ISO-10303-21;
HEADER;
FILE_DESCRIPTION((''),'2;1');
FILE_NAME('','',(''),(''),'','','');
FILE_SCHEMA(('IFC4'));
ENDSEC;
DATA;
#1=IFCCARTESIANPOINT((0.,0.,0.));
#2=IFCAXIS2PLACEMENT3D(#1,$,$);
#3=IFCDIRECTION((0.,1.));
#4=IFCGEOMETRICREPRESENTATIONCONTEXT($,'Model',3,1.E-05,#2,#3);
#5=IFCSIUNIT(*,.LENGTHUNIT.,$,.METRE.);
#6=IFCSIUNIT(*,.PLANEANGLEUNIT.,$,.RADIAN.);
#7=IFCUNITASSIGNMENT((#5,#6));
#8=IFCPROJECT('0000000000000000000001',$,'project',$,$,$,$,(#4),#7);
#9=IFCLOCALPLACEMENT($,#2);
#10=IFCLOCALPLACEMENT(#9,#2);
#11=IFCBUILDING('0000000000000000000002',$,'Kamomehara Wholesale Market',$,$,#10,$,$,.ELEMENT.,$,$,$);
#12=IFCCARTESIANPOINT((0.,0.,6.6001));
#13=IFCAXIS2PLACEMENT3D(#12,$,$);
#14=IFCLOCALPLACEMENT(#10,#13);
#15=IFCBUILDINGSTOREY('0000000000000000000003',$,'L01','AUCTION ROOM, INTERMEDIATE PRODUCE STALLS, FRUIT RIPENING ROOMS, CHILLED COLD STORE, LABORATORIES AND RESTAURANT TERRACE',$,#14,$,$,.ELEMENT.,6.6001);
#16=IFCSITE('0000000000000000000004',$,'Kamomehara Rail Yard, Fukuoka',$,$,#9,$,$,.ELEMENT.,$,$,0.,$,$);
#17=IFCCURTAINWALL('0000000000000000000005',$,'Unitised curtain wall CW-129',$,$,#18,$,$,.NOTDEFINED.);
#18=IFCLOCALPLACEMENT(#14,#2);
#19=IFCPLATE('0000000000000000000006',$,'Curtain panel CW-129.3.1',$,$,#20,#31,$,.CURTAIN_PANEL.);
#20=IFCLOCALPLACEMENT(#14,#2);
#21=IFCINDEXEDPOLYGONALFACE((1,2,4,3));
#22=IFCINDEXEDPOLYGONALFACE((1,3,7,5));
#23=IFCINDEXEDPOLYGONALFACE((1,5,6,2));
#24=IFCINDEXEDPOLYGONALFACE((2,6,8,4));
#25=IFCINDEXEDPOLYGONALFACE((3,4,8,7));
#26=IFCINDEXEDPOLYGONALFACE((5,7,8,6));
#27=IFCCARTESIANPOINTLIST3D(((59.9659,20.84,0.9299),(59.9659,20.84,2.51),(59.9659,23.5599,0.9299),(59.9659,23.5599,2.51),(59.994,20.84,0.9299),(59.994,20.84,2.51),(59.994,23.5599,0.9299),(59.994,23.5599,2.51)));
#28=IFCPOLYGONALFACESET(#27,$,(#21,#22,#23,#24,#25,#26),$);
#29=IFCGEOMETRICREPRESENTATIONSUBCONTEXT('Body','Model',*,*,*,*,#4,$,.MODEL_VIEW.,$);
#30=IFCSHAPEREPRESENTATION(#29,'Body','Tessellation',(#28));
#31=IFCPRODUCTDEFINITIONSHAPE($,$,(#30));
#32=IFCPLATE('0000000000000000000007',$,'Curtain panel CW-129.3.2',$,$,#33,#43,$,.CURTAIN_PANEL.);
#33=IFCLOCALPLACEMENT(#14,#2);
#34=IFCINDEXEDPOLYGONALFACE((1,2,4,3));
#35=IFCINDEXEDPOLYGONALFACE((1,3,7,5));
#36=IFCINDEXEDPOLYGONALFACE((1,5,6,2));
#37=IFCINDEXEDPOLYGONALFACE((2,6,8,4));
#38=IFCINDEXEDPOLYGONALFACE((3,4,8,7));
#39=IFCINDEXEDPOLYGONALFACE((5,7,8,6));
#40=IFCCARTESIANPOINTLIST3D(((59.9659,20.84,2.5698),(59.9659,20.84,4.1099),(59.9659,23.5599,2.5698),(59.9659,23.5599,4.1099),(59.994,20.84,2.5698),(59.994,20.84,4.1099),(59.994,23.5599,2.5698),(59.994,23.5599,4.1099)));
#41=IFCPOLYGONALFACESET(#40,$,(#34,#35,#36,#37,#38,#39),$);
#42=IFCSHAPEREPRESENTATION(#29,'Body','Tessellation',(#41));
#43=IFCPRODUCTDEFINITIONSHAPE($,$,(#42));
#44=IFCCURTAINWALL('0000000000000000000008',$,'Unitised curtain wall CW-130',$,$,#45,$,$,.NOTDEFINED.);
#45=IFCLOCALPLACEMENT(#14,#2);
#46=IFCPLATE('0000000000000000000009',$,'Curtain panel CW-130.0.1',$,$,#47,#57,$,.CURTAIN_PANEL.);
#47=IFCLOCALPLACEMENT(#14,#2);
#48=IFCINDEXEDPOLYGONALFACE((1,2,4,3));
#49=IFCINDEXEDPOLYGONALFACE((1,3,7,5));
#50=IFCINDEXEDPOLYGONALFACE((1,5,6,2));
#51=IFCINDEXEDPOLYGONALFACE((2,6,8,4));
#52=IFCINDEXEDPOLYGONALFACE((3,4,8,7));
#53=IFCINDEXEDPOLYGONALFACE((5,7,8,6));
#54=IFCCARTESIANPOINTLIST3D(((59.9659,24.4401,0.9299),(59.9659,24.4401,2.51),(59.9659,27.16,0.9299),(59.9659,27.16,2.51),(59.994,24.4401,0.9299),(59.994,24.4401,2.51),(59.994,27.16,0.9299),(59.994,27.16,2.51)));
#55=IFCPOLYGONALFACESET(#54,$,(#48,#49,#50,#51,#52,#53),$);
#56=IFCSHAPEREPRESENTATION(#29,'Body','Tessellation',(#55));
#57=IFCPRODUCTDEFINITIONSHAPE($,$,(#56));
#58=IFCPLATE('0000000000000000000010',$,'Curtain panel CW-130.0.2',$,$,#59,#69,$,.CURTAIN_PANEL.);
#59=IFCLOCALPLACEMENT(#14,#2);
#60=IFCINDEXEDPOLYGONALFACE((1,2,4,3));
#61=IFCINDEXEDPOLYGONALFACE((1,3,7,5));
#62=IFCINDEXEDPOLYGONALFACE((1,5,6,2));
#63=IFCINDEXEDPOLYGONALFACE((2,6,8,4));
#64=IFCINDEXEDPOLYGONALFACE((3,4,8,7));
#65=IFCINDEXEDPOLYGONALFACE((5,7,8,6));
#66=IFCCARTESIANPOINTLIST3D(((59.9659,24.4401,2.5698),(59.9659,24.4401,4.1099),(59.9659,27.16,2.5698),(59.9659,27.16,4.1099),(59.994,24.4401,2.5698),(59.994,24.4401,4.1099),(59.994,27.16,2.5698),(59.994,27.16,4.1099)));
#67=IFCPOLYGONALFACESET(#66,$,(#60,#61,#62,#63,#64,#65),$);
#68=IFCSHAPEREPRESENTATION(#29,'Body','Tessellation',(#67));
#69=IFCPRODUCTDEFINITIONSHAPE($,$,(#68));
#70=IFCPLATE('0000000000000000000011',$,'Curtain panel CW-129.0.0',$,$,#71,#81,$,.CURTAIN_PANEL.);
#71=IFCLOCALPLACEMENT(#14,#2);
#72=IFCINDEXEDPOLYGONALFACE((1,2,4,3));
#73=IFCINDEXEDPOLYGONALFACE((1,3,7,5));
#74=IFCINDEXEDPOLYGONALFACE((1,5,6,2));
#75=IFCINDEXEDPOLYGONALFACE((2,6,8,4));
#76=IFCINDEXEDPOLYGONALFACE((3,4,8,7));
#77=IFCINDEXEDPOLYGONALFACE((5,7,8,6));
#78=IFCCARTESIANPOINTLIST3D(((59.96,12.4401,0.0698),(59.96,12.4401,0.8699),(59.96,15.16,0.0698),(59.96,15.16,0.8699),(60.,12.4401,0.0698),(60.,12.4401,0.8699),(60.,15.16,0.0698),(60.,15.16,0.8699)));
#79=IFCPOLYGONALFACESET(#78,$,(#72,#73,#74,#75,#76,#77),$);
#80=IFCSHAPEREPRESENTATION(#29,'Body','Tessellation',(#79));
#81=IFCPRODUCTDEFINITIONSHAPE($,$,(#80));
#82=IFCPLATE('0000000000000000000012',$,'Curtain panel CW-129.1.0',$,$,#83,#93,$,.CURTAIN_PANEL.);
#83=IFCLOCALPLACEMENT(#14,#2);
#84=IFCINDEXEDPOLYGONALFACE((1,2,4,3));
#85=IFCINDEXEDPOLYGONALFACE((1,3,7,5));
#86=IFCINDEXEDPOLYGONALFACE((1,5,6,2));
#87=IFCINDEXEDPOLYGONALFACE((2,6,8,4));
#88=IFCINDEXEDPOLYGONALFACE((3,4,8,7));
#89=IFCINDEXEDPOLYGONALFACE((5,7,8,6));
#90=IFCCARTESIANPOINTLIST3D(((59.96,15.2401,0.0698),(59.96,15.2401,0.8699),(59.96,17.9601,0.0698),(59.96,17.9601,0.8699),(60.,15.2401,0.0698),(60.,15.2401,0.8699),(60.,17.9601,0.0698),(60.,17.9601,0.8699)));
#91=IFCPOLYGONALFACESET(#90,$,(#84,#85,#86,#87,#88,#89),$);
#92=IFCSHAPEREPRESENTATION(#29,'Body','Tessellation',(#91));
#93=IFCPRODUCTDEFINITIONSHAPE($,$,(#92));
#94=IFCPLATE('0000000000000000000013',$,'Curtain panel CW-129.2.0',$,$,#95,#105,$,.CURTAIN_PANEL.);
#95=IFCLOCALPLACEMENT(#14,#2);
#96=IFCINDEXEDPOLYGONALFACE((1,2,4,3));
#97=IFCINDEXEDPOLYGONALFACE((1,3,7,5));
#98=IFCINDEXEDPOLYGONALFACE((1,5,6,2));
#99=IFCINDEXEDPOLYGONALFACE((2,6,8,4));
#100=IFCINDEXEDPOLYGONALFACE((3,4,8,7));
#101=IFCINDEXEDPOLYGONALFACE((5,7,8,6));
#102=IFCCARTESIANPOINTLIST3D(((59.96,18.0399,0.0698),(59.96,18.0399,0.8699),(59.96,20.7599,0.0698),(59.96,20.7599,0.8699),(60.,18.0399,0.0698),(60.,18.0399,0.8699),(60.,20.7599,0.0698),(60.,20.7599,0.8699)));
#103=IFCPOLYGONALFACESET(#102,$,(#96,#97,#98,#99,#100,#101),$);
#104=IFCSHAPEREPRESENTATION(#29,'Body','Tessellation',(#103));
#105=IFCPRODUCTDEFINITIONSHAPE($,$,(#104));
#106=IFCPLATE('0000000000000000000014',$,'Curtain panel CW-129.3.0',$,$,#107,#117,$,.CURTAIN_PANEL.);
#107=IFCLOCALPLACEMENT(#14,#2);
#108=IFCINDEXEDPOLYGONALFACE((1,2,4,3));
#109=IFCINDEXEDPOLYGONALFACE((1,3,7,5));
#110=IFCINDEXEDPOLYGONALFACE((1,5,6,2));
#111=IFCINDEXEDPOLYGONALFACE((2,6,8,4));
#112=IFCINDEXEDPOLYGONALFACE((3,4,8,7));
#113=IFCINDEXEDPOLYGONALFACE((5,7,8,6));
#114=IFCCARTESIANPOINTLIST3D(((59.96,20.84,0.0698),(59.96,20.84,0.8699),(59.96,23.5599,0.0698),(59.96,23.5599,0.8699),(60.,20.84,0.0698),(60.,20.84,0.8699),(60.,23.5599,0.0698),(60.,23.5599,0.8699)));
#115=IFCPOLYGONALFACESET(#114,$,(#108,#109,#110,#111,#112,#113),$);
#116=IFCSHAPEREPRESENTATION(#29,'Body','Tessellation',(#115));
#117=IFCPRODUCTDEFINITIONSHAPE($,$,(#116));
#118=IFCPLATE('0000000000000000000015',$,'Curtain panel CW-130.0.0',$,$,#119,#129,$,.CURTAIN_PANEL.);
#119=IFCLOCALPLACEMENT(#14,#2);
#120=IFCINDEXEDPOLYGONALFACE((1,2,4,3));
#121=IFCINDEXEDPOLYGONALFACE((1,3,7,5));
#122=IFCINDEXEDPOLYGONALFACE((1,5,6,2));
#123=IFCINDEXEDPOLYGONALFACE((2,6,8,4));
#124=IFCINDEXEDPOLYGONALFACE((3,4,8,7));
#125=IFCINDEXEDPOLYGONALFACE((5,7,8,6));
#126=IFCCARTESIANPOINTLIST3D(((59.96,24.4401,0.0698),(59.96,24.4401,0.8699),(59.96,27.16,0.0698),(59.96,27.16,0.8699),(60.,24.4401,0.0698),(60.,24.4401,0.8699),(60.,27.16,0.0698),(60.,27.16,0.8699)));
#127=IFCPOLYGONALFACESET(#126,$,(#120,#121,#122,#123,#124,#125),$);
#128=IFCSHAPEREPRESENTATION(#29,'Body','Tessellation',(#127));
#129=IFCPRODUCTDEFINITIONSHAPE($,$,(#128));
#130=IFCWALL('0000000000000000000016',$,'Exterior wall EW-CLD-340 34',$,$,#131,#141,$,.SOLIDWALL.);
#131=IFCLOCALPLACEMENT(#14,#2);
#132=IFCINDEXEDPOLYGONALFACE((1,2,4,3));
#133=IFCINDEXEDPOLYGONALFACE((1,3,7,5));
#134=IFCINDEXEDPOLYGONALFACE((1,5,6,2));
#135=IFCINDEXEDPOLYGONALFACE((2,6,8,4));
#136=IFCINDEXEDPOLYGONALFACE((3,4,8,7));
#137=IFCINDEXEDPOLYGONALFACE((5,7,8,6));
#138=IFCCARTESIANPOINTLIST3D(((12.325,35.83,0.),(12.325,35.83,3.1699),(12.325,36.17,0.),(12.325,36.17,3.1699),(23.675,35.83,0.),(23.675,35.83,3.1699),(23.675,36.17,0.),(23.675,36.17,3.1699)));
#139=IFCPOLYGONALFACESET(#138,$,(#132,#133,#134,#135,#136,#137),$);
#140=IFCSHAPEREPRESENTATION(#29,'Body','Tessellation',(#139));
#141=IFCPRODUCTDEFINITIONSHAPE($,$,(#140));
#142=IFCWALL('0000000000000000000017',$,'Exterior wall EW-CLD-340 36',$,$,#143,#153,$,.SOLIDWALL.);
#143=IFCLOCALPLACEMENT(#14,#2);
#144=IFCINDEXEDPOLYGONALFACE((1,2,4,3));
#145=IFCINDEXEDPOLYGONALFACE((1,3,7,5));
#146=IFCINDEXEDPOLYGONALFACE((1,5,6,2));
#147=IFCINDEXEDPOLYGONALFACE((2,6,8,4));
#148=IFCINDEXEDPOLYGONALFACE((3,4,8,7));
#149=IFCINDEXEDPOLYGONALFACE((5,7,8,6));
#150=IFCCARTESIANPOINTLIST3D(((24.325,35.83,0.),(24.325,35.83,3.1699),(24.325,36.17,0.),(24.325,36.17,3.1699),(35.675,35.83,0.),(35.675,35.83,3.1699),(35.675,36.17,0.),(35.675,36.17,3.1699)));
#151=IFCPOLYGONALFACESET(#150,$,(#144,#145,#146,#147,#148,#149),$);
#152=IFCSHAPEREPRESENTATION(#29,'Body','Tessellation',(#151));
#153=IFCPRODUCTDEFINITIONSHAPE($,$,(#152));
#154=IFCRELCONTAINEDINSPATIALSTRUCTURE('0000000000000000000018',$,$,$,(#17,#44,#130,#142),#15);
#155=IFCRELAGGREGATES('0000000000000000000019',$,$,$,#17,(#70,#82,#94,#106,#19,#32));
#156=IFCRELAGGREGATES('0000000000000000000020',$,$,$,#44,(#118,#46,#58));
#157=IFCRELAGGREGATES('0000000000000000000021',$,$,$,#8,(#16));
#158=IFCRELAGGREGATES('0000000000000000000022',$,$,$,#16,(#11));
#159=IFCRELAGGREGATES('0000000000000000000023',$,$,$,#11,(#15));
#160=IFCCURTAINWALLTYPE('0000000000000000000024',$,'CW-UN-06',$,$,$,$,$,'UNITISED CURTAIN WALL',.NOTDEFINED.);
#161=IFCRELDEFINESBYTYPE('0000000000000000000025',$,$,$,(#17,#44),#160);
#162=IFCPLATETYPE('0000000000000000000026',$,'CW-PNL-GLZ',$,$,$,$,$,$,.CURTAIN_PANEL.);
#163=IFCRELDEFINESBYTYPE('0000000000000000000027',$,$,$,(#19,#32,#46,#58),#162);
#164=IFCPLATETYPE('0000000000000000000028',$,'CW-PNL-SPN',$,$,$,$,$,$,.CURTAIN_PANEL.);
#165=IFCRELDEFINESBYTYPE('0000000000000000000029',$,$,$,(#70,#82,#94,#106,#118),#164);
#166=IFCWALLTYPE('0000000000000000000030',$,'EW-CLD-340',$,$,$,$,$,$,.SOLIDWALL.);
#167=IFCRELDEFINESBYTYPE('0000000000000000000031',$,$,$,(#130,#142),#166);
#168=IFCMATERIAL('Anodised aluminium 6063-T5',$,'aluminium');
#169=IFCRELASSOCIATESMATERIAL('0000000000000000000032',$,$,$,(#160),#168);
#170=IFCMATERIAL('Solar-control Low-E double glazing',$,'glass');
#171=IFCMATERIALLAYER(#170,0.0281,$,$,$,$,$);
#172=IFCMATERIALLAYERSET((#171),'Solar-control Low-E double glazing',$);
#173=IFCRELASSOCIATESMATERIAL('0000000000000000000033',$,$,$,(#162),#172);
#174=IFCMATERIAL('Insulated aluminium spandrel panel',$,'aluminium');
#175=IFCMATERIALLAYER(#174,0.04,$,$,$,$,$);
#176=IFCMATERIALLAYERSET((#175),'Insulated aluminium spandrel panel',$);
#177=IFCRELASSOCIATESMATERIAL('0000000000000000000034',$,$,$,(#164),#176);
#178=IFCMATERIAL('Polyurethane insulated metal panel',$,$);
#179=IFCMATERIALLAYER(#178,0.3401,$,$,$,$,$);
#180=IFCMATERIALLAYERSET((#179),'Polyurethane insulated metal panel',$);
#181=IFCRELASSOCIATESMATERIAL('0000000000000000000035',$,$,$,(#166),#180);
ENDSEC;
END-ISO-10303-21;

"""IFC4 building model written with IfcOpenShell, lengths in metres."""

from ifc_helpers import new_model, si_unit, direction, frame, frame_2d, origin, origin_2d, place, context, subcontext, project, spatial, rectangle, extrude, material, layer, layer_set, type_object, element, aggregate, save


model = new_model("IFC4")

# Units and contexts
model_context = context("Model", 3, precision=1e-05, world=origin(), true_north=direction((0.0, 1.0)))
body_context = subcontext(model_context, "Body", "Model", "MODEL_VIEW")
ifc_project = project(units=[si_unit("LENGTHUNIT", "METRE"), si_unit("PLANEANGLEUNIT", "RADIAN")], contexts=[model_context])

# Site, building, storey
site_placement = place(None, origin())
site = spatial("IfcSite", under=ifc_project, at=site_placement, Name="Kamomehara Rail Yard, Fukuoka", CompositionType="ELEMENT", RefElevation=0.0)
building_placement = place(site_placement, origin())
building = spatial("IfcBuilding", under=site, at=building_placement, Name="Kamomehara Wholesale Market", CompositionType="ELEMENT")
storey_placement = place(building_placement, frame((0.0, 0.0, 6.6001)))
storey = spatial("IfcBuildingStorey", under=building, at=storey_placement, Name="L01", Description="AUCTION ROOM, INTERMEDIATE PRODUCE STALLS, FRUIT RIPENING ROOMS, CHILLED COLD STORE, LABORATORIES AND RESTAURANT TERRACE", CompositionType="ELEMENT", Elevation=6.6001)

# Curtain walls, plates
ifc_material_1 = material(Name="Anodised aluminium 6063-T5", Category="aluminium")
curtain_wall_type = type_object("IfcCurtainWallType", Name="CW-UN-06", ElementType="UNITISED CURTAIN WALL", PredefinedType="NOTDEFINED", material=ifc_material_1)
curtain_wall_1_placement = place(storey_placement, origin())
curtain_wall_1 = element("IfcCurtainWall", 1, at=curtain_wall_1_placement, inside=storey, type_object=curtain_wall_type, Name="Unitised curtain wall CW-129", PredefinedType="NOTDEFINED")
ifc_material_2 = material(Name="Solar-control Low-E double glazing", Category="glass")
ifc_layer_1 = layer(ifc_material_2, 0.0281)
ifc_layer_set_1 = layer_set([ifc_layer_1], Name="Solar-control Low-E double glazing")
plate_type_1 = type_object("IfcPlateType", Name="CW-PNL-GLZ", PredefinedType="CURTAIN_PANEL", material=ifc_layer_set_1)
plate_1_placement = place(storey_placement, frame((59.98, 22.2, 0.9299), z_axis=(0.0, 0.0, 1.0), x_axis=(0.0, 1.0, 0.0)))
plate_1 = element("IfcPlate", 2, at=plate_1_placement, type_object=plate_type_1, Name="Curtain panel CW-129.3.1", PredefinedType="CURTAIN_PANEL", context=body_context, shape_type="SweptSolid", body=[
    extrude(rectangle(XDim=2.72, YDim=0.0281, at=origin_2d()), origin(), (0.0, 0.0, 1.0), 1.5801),
])
plate_2_placement = place(storey_placement, frame((59.98, 22.2, 2.5698), z_axis=(0.0, 0.0, 1.0), x_axis=(0.0, 1.0, 0.0)))
plate_2 = element("IfcPlate", 3, at=plate_2_placement, type_object=plate_type_1, Name="Curtain panel CW-129.3.2", PredefinedType="CURTAIN_PANEL", context=body_context, shape_type="SweptSolid", body=[
    extrude(rectangle(XDim=2.72, YDim=0.0281, at=origin_2d()), origin(), (0.0, 0.0, 1.0), 1.54),
])
curtain_wall_2_placement = place(storey_placement, origin())
curtain_wall_2 = element("IfcCurtainWall", 4, at=curtain_wall_2_placement, inside=storey, type_object=curtain_wall_type, Name="Unitised curtain wall CW-130", PredefinedType="NOTDEFINED")
plate_3_placement = place(storey_placement, frame((59.98, 25.8, 0.9299), z_axis=(0.0, 0.0, 1.0), x_axis=(0.0, 1.0, 0.0)))
plate_3 = element("IfcPlate", 5, at=plate_3_placement, type_object=plate_type_1, Name="Curtain panel CW-130.0.1", PredefinedType="CURTAIN_PANEL", context=body_context, shape_type="SweptSolid", body=[
    extrude(rectangle(XDim=2.72, YDim=0.0281, at=origin_2d()), origin(), (0.0, 0.0, 1.0), 1.5801),
])
plate_4_placement = place(storey_placement, frame((59.98, 25.8, 2.5698), z_axis=(0.0, 0.0, 1.0), x_axis=(0.0, 1.0, 0.0)))
plate_4 = element("IfcPlate", 6, at=plate_4_placement, type_object=plate_type_1, Name="Curtain panel CW-130.0.2", PredefinedType="CURTAIN_PANEL", context=body_context, shape_type="SweptSolid", body=[
    extrude(rectangle(XDim=2.72, YDim=0.0281, at=origin_2d()), origin(), (0.0, 0.0, 1.0), 1.54),
])

# Plates
ifc_material_3 = material(Name="Insulated aluminium spandrel panel", Category="aluminium")
ifc_layer_2 = layer(ifc_material_3, 0.04)
ifc_layer_set_2 = layer_set([ifc_layer_2], Name="Insulated aluminium spandrel panel")
plate_type_2 = type_object("IfcPlateType", Name="CW-PNL-SPN", PredefinedType="CURTAIN_PANEL", material=ifc_layer_set_2)
plate_5_placement = place(storey_placement, frame((59.98, 13.8, 0.0698), z_axis=(0.0, 0.0, 1.0), x_axis=(0.0, 1.0, 0.0)))
plate_5 = element("IfcPlate", 7, at=plate_5_placement, type_object=plate_type_2, Name="Curtain panel CW-129.0.0", PredefinedType="CURTAIN_PANEL", context=body_context, shape_type="SweptSolid", body=[
    extrude(rectangle(XDim=2.72, YDim=0.04, at=origin_2d()), origin(), (0.0, 0.0, 1.0), 0.8),
])
plate_6_placement = place(storey_placement, frame((59.98, 16.6001, 0.0698), z_axis=(0.0, 0.0, 1.0), x_axis=(0.0, 1.0, 0.0)))
plate_6 = element("IfcPlate", 8, at=plate_6_placement, type_object=plate_type_2, Name="Curtain panel CW-129.1.0", PredefinedType="CURTAIN_PANEL", context=body_context, shape_type="SweptSolid", body=[
    extrude(rectangle(XDim=2.72, YDim=0.04, at=origin_2d()), origin(), (0.0, 0.0, 1.0), 0.8),
])
plate_7_placement = place(storey_placement, frame((59.98, 19.3999, 0.0698), z_axis=(0.0, 0.0, 1.0), x_axis=(0.0, 1.0, 0.0)))
plate_7 = element("IfcPlate", 9, at=plate_7_placement, type_object=plate_type_2, Name="Curtain panel CW-129.2.0", PredefinedType="CURTAIN_PANEL", context=body_context, shape_type="SweptSolid", body=[
    extrude(rectangle(XDim=2.72, YDim=0.04, at=origin_2d()), origin(), (0.0, 0.0, 1.0), 0.8),
])
plate_8_placement = place(storey_placement, frame((59.98, 22.2, 0.0698), z_axis=(0.0, 0.0, 1.0), x_axis=(0.0, 1.0, 0.0)))
plate_8 = element("IfcPlate", 10, at=plate_8_placement, type_object=plate_type_2, Name="Curtain panel CW-129.3.0", PredefinedType="CURTAIN_PANEL", context=body_context, shape_type="SweptSolid", body=[
    extrude(rectangle(XDim=2.72, YDim=0.04, at=origin_2d()), origin(), (0.0, 0.0, 1.0), 0.8),
])
aggregate(curtain_wall_1, [plate_5, plate_6, plate_7, plate_8, plate_1, plate_2])
plate_9_placement = place(storey_placement, frame((59.98, 25.8, 0.0698), z_axis=(0.0, 0.0, 1.0), x_axis=(0.0, 1.0, 0.0)))
plate_9 = element("IfcPlate", 11, at=plate_9_placement, type_object=plate_type_2, Name="Curtain panel CW-130.0.0", PredefinedType="CURTAIN_PANEL", context=body_context, shape_type="SweptSolid", body=[
    extrude(rectangle(XDim=2.72, YDim=0.04, at=origin_2d()), origin(), (0.0, 0.0, 1.0), 0.8),
])
aggregate(curtain_wall_2, [plate_9, plate_3, plate_4])

# Walls
ifc_material_4 = material(Name="Polyurethane insulated metal panel")
ifc_layer_3 = layer(ifc_material_4, 0.3401)
ifc_layer_set_3 = layer_set([ifc_layer_3], Name="Polyurethane insulated metal panel")
wall_type_1 = type_object("IfcWallType", Name="EW-CLD-340", PredefinedType="SOLIDWALL", material=ifc_layer_set_3)
for number, where, z_axis, x_axis, name in (
    (12, (23.675, 36.0, 0.0), (0.0, 0.0, 1.0), (-1.0, 0.0, 0.0), "Exterior wall EW-CLD-340 34"),
    (13, (35.675, 36.0, 0.0), (0.0, 0.0, 1.0), (-1.0, 0.0, 0.0), "Exterior wall EW-CLD-340 36"),
):
    element("IfcWall", number, at=place(storey_placement, frame(where, z_axis=z_axis, x_axis=x_axis)), inside=storey, type_object=wall_type_1, Name=name, PredefinedType="SOLIDWALL", context=body_context, shape_type="SweptSolid", body=[
        extrude(rectangle(XDim=11.3501, YDim=0.3401, at=frame_2d((5.675, 0.0))), origin(), (0.0, 0.0, 1.0), 3.1699),
    ])

save(model, "model.ifc")
